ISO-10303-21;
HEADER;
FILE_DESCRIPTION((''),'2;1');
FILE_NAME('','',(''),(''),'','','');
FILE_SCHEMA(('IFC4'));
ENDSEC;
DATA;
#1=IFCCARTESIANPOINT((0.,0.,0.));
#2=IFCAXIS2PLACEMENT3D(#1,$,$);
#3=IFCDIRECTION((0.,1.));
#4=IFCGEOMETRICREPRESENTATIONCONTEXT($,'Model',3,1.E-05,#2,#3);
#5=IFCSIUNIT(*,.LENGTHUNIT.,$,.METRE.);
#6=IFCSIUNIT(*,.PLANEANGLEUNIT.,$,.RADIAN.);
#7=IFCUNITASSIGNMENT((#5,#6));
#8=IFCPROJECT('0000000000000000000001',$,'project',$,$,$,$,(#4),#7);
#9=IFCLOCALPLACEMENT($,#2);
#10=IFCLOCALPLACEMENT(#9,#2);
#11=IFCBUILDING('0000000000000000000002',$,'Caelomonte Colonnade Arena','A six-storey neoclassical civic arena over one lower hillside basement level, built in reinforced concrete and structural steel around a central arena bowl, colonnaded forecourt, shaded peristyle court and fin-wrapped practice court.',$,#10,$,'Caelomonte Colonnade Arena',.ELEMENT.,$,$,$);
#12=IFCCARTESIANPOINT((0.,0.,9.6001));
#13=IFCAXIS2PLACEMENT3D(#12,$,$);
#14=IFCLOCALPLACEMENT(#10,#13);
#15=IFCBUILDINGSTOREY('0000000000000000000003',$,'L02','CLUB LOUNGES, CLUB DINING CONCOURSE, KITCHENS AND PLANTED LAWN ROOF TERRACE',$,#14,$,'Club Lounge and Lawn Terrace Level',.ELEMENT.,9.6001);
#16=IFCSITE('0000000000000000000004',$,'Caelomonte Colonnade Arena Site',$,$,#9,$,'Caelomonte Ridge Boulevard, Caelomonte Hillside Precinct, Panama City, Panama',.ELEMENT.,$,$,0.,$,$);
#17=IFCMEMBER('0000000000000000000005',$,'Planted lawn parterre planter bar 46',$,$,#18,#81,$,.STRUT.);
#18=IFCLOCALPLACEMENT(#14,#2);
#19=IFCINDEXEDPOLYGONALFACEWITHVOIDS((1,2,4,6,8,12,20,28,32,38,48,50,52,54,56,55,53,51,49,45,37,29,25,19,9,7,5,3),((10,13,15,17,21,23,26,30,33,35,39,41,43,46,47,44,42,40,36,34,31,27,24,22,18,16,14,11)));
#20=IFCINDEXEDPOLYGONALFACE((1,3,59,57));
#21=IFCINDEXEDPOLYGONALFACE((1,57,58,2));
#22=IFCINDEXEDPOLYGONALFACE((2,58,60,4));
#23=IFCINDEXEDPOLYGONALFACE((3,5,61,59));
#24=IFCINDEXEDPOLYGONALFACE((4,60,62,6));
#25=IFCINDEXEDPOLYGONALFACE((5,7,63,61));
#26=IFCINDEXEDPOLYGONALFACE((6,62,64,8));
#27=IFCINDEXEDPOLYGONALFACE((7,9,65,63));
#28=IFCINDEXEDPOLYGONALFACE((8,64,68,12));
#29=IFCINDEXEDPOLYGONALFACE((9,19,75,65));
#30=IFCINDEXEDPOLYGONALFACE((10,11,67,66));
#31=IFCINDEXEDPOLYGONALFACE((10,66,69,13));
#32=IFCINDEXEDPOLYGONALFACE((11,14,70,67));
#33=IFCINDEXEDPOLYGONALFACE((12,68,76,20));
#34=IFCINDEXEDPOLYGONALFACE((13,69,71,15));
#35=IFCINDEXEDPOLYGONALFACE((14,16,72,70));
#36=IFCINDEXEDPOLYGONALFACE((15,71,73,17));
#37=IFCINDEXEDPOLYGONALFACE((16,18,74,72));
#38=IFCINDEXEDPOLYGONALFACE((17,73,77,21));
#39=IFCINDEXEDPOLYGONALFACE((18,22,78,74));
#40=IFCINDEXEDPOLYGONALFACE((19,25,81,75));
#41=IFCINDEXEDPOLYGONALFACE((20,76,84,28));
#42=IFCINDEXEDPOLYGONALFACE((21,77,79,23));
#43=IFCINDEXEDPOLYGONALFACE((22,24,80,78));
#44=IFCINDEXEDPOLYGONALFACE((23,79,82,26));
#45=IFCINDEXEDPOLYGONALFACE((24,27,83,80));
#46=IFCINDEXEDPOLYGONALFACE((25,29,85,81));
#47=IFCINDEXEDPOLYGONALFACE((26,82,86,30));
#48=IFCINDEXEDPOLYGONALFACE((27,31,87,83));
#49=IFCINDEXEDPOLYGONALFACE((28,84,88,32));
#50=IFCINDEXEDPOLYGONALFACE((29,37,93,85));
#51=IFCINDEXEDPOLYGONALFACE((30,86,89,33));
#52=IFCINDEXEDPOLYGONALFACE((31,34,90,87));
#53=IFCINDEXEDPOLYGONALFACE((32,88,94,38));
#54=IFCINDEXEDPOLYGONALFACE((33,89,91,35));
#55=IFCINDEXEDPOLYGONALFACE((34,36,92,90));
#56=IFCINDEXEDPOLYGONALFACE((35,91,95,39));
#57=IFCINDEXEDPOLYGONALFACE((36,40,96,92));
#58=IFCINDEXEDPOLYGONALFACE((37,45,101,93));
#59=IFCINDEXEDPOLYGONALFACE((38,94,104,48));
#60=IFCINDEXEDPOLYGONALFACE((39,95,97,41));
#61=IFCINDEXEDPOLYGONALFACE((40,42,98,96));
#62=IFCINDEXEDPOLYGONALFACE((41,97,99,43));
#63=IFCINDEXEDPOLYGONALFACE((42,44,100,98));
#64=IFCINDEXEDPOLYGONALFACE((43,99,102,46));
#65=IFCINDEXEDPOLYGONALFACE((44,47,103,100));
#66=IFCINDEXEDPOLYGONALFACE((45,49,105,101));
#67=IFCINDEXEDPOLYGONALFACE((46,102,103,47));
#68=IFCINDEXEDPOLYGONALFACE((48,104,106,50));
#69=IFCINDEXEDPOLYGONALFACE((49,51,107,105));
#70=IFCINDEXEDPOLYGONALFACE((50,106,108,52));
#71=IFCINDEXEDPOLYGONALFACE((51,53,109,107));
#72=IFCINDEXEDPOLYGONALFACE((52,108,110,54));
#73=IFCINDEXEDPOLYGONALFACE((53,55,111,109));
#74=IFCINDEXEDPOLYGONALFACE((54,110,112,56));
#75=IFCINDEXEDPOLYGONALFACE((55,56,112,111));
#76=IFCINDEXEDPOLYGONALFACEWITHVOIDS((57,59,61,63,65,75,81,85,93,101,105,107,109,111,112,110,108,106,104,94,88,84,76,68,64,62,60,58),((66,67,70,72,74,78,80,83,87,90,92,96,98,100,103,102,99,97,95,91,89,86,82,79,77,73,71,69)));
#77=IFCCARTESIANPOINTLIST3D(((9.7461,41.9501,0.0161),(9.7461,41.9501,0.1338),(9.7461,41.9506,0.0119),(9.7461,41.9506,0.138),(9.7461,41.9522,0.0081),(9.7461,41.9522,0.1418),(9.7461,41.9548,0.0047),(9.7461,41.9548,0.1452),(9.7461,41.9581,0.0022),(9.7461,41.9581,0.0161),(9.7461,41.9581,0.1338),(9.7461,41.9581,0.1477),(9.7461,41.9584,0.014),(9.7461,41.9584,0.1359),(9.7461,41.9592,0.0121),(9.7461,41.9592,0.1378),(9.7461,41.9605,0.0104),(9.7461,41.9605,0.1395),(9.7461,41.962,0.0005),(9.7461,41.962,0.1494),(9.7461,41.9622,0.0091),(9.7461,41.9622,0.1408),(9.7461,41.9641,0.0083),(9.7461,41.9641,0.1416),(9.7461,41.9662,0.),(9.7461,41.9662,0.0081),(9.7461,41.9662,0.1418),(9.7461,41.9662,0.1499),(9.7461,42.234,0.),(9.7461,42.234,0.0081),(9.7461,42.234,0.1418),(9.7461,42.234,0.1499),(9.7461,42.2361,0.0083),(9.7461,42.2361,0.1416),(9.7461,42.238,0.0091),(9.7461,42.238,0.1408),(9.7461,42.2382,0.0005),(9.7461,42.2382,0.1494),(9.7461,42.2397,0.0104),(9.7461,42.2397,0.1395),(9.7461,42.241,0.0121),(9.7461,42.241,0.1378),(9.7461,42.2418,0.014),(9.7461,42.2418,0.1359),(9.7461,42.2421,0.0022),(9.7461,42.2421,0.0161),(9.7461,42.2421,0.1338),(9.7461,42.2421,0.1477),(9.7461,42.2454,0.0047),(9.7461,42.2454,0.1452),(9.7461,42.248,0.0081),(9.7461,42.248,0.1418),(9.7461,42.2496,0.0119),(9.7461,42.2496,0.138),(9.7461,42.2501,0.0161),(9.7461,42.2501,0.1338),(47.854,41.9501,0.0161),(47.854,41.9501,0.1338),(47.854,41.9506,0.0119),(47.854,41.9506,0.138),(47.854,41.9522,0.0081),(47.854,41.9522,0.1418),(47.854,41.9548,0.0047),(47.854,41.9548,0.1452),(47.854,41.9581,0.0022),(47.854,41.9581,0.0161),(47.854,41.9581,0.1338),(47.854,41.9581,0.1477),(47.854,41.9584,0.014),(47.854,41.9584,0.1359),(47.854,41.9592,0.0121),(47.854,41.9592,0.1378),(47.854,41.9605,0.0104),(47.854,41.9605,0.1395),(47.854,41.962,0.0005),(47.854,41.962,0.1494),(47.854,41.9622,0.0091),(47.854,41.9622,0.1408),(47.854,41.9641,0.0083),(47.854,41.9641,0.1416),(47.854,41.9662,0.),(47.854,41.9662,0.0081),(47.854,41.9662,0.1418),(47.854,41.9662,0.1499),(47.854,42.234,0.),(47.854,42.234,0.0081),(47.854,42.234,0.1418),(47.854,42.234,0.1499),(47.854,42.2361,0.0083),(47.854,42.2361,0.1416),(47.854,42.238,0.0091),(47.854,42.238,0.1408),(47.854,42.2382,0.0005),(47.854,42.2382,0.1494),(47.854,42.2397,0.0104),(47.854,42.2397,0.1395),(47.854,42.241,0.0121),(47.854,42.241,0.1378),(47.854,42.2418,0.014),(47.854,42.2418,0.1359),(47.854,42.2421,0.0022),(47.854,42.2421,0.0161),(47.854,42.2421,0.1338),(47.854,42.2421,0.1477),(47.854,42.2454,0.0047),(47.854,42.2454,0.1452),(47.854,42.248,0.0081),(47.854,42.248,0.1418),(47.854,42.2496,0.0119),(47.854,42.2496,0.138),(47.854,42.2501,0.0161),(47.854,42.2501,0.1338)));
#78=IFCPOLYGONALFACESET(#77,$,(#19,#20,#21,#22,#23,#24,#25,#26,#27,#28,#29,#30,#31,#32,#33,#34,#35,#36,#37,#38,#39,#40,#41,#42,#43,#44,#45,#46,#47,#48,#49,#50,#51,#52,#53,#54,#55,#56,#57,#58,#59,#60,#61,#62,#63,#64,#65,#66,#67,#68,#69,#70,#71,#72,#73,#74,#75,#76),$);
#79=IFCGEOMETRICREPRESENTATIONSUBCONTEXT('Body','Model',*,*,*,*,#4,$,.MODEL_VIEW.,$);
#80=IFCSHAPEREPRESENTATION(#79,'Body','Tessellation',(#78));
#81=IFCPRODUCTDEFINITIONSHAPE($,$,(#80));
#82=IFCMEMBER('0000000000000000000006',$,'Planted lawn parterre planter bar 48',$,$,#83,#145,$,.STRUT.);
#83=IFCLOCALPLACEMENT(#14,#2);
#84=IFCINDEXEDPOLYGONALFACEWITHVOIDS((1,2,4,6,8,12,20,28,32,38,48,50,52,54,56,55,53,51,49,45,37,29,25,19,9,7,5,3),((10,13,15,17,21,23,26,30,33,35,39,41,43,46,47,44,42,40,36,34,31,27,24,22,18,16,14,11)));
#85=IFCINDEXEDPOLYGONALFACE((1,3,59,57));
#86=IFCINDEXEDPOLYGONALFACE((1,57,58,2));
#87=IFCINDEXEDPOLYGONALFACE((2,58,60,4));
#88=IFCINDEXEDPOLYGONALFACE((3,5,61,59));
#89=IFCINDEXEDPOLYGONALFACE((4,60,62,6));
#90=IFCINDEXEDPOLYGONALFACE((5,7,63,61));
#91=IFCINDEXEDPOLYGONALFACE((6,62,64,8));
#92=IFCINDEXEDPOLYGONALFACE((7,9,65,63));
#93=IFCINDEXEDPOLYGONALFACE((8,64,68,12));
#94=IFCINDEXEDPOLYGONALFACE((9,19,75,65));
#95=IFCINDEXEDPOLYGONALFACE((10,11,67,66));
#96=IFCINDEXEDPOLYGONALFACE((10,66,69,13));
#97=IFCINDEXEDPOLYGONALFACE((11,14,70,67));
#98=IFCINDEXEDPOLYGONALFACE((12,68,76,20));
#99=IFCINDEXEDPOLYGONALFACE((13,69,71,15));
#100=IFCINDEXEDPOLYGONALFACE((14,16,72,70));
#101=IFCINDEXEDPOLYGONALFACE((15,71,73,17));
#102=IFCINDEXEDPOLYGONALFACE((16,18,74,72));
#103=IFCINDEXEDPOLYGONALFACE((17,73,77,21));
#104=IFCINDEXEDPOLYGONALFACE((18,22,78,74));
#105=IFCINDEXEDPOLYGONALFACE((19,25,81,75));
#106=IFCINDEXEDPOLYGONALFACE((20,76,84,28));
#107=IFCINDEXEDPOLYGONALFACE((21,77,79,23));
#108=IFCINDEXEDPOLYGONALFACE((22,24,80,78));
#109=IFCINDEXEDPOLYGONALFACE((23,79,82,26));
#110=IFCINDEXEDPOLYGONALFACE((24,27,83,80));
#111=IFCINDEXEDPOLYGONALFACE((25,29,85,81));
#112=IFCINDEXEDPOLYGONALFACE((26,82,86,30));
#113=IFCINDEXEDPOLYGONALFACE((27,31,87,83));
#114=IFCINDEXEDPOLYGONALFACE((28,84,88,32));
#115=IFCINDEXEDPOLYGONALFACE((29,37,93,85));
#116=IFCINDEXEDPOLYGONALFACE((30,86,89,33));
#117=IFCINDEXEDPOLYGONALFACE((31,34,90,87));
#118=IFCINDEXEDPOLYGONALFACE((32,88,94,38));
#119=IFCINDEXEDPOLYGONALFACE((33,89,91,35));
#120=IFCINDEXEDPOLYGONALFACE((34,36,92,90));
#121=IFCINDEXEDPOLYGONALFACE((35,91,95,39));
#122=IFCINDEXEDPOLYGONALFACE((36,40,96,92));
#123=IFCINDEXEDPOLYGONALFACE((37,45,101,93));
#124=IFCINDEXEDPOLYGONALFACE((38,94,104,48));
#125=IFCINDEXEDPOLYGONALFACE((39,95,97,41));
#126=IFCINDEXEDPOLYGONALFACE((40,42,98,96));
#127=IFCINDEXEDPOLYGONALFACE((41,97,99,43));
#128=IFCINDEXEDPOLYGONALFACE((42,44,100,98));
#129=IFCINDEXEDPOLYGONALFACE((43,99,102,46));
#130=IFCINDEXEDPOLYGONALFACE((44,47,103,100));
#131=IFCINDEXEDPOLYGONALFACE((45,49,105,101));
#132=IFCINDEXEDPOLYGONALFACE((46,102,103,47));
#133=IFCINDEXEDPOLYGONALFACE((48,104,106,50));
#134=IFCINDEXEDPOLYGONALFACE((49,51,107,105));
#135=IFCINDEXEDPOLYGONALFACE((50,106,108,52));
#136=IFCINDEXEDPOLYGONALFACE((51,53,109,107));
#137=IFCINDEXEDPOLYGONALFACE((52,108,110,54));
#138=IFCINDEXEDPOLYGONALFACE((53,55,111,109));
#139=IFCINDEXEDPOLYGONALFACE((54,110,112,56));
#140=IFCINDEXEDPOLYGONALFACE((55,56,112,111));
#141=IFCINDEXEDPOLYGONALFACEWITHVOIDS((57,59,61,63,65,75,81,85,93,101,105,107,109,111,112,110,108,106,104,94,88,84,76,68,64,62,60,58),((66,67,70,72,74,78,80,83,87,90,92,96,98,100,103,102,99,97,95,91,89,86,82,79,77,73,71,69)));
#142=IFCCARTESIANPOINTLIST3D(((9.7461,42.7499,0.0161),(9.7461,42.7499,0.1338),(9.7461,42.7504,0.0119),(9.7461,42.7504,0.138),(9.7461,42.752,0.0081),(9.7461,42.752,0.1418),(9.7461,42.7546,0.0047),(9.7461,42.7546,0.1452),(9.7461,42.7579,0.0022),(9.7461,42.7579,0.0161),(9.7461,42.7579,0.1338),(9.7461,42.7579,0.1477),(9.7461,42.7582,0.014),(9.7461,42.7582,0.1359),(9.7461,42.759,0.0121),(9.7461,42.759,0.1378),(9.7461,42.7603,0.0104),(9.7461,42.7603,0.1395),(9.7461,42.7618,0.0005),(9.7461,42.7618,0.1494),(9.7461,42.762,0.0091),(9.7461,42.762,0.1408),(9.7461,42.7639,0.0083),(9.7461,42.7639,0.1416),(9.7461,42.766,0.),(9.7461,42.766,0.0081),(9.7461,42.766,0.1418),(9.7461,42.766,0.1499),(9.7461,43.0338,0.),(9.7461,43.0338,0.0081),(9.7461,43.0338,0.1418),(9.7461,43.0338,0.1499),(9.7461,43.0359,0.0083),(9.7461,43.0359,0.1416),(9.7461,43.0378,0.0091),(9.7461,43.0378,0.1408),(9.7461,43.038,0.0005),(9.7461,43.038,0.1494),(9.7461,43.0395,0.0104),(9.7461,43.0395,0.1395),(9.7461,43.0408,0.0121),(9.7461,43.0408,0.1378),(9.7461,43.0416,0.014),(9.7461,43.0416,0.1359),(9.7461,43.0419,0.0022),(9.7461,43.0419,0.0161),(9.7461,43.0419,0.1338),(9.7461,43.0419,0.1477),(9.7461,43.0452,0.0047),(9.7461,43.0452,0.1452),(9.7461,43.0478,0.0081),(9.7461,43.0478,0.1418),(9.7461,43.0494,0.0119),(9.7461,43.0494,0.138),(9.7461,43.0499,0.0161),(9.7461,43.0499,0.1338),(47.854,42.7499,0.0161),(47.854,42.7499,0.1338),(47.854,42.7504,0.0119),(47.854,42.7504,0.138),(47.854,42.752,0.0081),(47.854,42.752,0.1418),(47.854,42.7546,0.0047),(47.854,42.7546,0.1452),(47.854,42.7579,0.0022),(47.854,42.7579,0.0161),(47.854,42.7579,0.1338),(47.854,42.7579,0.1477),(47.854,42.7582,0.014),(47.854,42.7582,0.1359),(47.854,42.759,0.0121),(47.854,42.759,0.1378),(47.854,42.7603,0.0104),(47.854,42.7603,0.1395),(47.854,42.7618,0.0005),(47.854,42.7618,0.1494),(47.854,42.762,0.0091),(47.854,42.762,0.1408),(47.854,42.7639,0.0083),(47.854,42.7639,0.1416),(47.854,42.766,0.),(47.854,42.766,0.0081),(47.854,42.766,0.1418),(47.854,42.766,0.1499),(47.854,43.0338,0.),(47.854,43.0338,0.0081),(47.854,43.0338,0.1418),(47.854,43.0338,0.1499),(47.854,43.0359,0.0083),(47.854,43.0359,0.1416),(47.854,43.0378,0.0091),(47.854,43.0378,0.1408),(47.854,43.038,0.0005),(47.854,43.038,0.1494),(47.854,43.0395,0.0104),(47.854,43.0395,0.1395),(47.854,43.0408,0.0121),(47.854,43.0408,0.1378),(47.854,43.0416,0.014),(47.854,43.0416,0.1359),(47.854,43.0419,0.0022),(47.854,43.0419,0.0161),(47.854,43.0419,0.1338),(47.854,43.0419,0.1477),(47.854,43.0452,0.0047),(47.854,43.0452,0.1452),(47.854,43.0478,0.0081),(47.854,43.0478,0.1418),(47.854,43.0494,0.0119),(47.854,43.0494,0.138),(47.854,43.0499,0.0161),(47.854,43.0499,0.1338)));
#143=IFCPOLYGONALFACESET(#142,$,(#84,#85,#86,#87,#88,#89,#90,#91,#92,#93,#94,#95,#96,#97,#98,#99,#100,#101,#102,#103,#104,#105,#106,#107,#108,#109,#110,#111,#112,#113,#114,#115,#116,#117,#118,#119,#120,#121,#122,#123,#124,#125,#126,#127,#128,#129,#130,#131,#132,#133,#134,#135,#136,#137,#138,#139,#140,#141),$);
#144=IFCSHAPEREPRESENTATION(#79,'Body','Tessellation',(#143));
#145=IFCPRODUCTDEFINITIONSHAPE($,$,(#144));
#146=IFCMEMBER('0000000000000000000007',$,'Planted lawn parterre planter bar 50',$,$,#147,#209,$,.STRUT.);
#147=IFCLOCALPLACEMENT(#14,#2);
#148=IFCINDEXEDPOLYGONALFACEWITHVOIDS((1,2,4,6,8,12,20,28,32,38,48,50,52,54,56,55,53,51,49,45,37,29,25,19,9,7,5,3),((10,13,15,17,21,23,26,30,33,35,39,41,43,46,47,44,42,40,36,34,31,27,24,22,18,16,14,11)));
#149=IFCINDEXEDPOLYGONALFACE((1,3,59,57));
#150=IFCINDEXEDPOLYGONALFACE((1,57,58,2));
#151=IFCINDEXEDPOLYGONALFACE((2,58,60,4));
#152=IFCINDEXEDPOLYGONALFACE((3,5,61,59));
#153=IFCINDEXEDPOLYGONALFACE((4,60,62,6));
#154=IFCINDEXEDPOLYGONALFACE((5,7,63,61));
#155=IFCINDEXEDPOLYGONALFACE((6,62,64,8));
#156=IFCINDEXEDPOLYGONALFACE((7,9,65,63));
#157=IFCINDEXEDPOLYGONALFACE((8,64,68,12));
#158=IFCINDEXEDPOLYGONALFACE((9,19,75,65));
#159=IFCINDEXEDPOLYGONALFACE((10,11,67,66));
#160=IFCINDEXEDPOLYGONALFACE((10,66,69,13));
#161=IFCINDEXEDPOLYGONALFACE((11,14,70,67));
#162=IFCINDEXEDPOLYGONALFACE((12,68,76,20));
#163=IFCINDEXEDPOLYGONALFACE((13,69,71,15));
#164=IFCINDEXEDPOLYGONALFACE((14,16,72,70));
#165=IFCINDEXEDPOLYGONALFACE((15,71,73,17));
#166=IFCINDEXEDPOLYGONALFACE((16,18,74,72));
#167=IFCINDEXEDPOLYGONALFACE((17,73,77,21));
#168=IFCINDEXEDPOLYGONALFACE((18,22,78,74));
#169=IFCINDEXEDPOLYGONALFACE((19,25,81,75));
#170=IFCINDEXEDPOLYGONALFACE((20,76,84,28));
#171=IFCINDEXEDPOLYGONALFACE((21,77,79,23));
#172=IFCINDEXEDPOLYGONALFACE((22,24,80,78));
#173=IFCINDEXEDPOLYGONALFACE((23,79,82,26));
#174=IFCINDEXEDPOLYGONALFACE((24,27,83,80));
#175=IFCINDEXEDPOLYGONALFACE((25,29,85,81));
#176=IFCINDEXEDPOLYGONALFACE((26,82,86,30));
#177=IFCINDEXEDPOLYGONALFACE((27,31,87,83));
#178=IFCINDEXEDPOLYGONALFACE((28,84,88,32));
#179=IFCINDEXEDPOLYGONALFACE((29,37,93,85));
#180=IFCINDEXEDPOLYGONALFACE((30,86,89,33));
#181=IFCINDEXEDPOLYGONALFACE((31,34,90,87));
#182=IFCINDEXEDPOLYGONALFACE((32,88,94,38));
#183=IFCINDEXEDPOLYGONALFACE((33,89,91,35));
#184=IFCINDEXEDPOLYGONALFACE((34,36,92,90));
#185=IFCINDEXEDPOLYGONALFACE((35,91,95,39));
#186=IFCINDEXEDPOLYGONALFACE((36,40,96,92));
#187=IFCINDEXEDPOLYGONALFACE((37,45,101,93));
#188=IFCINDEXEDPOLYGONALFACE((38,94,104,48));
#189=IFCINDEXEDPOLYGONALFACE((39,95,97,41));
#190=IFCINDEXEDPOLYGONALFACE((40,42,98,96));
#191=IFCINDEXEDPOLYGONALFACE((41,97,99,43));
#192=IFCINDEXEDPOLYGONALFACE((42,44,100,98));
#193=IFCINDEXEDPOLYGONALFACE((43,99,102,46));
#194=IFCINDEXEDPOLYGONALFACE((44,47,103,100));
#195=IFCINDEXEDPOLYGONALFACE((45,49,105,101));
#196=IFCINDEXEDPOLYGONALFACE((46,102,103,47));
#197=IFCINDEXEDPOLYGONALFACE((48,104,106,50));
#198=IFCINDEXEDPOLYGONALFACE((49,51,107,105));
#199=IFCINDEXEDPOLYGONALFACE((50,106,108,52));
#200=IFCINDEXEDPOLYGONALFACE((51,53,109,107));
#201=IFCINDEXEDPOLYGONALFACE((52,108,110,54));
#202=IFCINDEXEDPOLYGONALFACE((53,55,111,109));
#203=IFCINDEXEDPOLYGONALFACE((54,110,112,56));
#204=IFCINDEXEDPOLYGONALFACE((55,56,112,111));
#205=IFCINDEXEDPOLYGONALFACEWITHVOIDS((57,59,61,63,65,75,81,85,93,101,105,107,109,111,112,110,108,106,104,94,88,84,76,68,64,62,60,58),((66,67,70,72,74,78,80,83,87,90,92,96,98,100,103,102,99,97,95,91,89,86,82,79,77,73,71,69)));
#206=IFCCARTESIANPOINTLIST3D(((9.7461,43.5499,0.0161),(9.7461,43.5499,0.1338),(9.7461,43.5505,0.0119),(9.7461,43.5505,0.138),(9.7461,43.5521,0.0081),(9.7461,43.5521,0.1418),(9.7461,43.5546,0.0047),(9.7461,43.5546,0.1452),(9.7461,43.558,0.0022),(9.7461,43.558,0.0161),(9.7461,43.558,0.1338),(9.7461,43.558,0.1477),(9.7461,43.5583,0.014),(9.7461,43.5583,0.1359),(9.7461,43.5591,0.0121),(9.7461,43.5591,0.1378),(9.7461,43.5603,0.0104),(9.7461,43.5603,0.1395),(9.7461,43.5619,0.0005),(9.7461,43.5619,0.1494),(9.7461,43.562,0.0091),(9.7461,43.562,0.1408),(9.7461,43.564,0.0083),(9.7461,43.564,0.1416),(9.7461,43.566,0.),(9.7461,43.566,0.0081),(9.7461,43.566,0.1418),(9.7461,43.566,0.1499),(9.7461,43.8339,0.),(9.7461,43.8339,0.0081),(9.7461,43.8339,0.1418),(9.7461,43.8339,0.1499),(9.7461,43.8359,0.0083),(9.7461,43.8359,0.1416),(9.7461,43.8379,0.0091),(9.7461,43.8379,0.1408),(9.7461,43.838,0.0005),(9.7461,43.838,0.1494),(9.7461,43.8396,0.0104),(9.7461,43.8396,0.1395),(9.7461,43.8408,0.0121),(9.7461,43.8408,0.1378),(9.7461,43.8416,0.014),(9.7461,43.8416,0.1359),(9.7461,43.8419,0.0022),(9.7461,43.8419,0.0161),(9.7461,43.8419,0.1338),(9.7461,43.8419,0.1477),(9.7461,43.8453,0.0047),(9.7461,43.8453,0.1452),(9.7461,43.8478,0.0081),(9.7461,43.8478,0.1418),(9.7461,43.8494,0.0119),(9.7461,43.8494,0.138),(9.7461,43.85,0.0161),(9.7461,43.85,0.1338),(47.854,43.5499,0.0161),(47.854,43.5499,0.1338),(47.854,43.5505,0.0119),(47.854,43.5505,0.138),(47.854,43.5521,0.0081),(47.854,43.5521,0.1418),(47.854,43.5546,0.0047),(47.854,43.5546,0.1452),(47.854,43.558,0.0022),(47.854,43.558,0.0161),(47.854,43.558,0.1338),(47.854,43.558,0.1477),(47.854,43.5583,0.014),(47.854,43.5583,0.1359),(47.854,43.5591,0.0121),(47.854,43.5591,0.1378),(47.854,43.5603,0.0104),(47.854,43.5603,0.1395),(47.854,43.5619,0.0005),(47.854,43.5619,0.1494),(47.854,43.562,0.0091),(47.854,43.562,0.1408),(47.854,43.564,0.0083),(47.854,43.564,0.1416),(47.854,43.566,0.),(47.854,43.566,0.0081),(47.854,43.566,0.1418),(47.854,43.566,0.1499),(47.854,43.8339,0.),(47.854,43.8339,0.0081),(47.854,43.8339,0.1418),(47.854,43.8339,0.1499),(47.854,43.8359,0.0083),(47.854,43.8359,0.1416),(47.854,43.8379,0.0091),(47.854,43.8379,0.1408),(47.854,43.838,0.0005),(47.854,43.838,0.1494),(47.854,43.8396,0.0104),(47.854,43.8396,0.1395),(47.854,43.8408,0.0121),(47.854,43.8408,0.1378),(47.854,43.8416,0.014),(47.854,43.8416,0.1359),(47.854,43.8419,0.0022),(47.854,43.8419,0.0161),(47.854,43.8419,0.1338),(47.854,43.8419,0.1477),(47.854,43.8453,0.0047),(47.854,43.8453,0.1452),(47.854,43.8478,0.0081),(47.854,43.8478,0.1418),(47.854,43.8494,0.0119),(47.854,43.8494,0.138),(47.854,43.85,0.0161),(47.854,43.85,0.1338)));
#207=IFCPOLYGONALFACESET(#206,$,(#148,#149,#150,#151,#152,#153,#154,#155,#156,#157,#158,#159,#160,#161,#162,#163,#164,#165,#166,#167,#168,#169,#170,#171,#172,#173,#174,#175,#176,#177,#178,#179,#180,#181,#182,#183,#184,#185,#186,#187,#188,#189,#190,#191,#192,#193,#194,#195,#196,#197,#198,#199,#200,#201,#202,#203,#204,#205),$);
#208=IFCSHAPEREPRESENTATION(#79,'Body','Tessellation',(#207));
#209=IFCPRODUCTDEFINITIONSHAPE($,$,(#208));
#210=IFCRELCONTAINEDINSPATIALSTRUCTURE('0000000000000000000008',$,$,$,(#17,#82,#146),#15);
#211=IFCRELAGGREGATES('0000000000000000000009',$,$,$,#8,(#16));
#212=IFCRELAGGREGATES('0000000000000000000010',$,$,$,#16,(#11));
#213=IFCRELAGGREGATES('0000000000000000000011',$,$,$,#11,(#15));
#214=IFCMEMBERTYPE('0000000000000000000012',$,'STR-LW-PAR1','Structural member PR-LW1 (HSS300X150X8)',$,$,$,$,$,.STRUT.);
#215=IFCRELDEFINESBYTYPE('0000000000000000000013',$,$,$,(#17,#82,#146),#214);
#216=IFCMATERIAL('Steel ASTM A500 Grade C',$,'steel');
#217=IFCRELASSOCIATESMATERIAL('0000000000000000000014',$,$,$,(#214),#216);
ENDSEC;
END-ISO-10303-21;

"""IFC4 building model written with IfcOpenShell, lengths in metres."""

from ifc_helpers import new_model, si_unit, direction, frame, origin, origin_2d, place, context, subcontext, project, spatial, hollow_rectangle, extrude, material, material_profile, profile_set, type_object, element, save


model = new_model("IFC4")

# Units and contexts
model_context = context("Model", 3, precision=1e-05, world=origin(), true_north=direction((0.0, 1.0)))
body_context = subcontext(model_context, "Body", "Model", "MODEL_VIEW")
ifc_project = project(units=[si_unit("LENGTHUNIT", "METRE"), si_unit("PLANEANGLEUNIT", "RADIAN")], contexts=[model_context])

# Site, building, storey
site_placement = place(None, origin())
site = spatial("IfcSite", under=ifc_project, at=site_placement, Name="Caelomonte Colonnade Arena Site", LongName="Caelomonte Ridge Boulevard, Caelomonte Hillside Precinct, Panama City, Panama", CompositionType="ELEMENT", RefElevation=0.0)
building_placement = place(site_placement, origin())
building = spatial("IfcBuilding", under=site, at=building_placement, Name="Caelomonte Colonnade Arena", Description="A six-storey neoclassical civic arena over one lower hillside basement level, built in reinforced concrete and structural steel around a central arena bowl, colonnaded forecourt, shaded peristyle court and fin-wrapped practice court.", LongName="Caelomonte Colonnade Arena", CompositionType="ELEMENT")
storey_placement = place(building_placement, frame((0.0, 0.0, 9.6001)))
storey = spatial("IfcBuildingStorey", under=building, at=storey_placement, Name="L02", Description="CLUB LOUNGES, CLUB DINING CONCOURSE, KITCHENS AND PLANTED LAWN ROOF TERRACE", LongName="Club Lounge and Lawn Terrace Level", CompositionType="ELEMENT", Elevation=9.6001)

# Members
ifc_material_1 = material(Name="Steel ASTM A500 Grade C", Category="steel")
ifc_material_profile_1 = material_profile(ifc_material_1, hollow_rectangle(XDim=0.3, YDim=0.1499, WallThickness=0.0081, InnerFilletRadius=0.0081, OuterFilletRadius=0.0161, at=origin_2d()), Name="HSS300X150X8")
ifc_profile_set_1 = profile_set([ifc_material_profile_1], Name="Steel ASTM A500 Grade C")
member_type_1 = type_object("IfcMemberType", Name="STR-LW-PAR1", Description="Structural member PR-LW1 (HSS300X150X8)", PredefinedType="STRUT", material=ifc_profile_set_1)
for number, where, z_axis, x_axis, name in (
    (1, (9.7461, 42.1001, 0.075), (1.0, 0.0, 0.0), (0.0, 1.0, 0.0), "Planted lawn parterre planter bar 46"),
    (2, (9.7461, 42.8999, 0.075), (1.0, 0.0, 0.0), (0.0, 1.0, 0.0), "Planted lawn parterre planter bar 48"),
    (3, (9.7461, 43.7, 0.075), (1.0, 0.0, 0.0), (0.0, 1.0, 0.0), "Planted lawn parterre planter bar 50"),
):
    element("IfcMember", number, at=place(storey_placement, frame(where, z_axis=z_axis, x_axis=x_axis)), inside=storey, type_object=member_type_1, Name=name, PredefinedType="STRUT", context=body_context, shape_type="SweptSolid", body=[
        extrude(hollow_rectangle(XDim=0.3, YDim=0.1499, WallThickness=0.0081, InnerFilletRadius=0.0081, OuterFilletRadius=0.0161, at=origin_2d()), origin(), (0.0, 0.0, 1.0), 38.1079),
    ])

save(model, "model.ifc")
